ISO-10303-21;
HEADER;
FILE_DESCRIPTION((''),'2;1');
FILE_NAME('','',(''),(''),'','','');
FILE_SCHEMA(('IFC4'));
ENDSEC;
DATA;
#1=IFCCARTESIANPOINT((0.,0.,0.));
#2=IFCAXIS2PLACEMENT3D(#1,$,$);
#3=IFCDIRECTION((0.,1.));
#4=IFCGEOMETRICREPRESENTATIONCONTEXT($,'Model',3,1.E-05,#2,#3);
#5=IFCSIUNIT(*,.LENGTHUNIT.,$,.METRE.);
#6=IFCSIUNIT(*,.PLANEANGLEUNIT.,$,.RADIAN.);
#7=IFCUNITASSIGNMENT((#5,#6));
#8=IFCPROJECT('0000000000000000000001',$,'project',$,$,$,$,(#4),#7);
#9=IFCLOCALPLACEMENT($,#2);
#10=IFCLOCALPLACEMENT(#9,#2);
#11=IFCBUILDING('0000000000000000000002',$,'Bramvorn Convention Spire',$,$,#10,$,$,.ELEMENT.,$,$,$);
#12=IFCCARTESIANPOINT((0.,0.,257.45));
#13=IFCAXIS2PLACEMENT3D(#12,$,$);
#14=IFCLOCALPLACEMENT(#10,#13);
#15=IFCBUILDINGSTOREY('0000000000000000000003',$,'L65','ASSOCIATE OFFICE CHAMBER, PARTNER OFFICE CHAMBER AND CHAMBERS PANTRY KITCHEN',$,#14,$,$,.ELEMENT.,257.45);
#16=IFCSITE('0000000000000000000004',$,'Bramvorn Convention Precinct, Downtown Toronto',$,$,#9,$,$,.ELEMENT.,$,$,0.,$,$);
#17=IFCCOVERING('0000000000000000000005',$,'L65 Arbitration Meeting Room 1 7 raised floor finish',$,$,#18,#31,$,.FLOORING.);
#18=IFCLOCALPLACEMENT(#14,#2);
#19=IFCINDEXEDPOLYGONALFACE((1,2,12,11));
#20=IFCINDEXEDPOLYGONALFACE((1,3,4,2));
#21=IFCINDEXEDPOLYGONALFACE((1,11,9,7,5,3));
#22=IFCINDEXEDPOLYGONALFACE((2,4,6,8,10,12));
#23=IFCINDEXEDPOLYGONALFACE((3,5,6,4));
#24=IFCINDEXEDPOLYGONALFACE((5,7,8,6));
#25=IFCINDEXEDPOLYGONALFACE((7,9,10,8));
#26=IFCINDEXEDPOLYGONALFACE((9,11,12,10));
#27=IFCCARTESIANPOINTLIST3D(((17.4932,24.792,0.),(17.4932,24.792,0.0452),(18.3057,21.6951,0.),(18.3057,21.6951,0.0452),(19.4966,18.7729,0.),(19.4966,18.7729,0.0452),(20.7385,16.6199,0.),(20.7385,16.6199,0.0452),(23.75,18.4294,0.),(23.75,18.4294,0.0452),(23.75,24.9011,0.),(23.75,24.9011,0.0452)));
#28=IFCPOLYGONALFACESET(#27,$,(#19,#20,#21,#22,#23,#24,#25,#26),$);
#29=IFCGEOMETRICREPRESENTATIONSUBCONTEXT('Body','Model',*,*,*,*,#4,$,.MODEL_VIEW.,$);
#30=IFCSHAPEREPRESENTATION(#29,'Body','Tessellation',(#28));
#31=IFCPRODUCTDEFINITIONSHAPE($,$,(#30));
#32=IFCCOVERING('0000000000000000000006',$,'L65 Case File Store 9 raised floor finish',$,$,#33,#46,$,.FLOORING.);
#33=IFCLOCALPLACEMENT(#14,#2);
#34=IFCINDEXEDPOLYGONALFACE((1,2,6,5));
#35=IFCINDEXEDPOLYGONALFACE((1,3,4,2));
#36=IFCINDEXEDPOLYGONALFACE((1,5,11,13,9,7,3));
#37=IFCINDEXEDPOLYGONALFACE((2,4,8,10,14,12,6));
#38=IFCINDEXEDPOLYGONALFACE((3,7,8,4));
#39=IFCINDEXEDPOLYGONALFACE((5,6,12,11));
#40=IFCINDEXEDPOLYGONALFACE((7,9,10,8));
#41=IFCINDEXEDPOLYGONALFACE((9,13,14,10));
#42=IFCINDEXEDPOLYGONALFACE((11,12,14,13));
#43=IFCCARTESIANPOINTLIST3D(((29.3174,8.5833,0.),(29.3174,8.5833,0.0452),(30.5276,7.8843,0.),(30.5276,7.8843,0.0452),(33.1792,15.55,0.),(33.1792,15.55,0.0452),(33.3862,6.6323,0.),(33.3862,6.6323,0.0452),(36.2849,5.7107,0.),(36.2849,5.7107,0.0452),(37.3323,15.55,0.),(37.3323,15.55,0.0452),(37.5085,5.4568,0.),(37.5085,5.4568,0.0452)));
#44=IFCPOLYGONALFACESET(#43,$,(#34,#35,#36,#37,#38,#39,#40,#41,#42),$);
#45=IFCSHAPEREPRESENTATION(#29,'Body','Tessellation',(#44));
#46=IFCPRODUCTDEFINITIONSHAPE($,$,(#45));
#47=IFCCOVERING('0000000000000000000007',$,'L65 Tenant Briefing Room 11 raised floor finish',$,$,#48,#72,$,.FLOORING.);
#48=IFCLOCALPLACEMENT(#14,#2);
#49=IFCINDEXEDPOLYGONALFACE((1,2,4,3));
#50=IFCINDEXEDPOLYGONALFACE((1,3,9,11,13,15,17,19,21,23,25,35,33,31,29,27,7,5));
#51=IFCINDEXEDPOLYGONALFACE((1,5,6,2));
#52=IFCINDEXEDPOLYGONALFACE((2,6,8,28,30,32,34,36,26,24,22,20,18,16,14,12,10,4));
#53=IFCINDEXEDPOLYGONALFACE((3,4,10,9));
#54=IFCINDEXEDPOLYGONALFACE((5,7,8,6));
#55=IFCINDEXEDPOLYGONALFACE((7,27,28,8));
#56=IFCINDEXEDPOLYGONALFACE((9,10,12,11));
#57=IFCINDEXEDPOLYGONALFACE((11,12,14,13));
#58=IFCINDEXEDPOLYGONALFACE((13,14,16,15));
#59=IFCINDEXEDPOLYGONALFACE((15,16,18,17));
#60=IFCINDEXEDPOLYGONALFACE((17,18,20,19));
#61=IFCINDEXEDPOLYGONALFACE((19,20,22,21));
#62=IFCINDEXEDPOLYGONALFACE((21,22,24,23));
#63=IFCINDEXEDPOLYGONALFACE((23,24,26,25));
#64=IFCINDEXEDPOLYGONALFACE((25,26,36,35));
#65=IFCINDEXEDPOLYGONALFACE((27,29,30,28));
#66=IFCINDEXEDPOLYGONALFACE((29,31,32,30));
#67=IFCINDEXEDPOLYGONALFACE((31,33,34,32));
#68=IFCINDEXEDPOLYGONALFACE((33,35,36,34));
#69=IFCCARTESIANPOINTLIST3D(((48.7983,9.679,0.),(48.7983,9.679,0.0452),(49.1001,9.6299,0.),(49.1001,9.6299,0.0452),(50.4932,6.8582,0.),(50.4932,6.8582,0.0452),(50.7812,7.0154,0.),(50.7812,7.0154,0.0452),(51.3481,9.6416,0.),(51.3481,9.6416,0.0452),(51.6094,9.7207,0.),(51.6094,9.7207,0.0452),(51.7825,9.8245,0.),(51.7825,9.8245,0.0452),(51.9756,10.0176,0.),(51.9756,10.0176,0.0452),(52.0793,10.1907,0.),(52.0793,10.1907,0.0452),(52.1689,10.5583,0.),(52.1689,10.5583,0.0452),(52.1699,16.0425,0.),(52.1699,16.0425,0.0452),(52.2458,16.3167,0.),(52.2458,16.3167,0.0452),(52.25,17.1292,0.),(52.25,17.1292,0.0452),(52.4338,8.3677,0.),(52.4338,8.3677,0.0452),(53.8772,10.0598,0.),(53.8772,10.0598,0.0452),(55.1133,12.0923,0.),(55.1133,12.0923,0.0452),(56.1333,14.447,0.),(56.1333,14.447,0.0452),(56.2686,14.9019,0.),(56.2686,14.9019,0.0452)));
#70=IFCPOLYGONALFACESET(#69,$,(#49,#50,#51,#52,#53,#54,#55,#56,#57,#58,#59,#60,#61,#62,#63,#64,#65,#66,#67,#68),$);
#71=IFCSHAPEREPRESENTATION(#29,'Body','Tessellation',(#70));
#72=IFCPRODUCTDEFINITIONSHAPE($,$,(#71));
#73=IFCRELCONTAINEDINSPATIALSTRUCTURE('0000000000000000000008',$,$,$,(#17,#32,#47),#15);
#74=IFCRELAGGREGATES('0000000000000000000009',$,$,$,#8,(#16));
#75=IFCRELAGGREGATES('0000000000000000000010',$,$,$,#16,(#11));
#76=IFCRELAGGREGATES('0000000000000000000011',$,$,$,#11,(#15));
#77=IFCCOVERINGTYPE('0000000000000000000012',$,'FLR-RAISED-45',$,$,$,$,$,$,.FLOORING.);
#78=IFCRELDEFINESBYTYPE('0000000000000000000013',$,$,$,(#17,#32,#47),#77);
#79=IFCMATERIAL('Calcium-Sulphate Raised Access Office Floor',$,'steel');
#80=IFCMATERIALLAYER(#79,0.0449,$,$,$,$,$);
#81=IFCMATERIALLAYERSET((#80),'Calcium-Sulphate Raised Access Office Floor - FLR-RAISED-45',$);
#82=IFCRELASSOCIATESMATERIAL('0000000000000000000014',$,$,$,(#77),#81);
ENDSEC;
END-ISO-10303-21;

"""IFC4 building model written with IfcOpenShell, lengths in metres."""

from ifc_helpers import new_model, si_unit, direction, frame, origin, place, context, subcontext, project, spatial, polyline, outline, extrude, material, layer, layer_set, type_object, element, save


model = new_model("IFC4")

# Units and contexts
model_context = context("Model", 3, precision=1e-05, world=origin(), true_north=direction((0.0, 1.0)))
body_context = subcontext(model_context, "Body", "Model", "MODEL_VIEW")
ifc_project = project(units=[si_unit("LENGTHUNIT", "METRE"), si_unit("PLANEANGLEUNIT", "RADIAN")], contexts=[model_context])

# Site, building, storey
site_placement = place(None, origin())
site = spatial("IfcSite", under=ifc_project, at=site_placement, Name="Bramvorn Convention Precinct, Downtown Toronto", CompositionType="ELEMENT", RefElevation=0.0)
building_placement = place(site_placement, origin())
building = spatial("IfcBuilding", under=site, at=building_placement, Name="Bramvorn Convention Spire", CompositionType="ELEMENT")
storey_placement = place(building_placement, frame((0.0, 0.0, 257.45)))
storey = spatial("IfcBuildingStorey", under=building, at=storey_placement, Name="L65", Description="ASSOCIATE OFFICE CHAMBER, PARTNER OFFICE CHAMBER AND CHAMBERS PANTRY KITCHEN", CompositionType="ELEMENT", Elevation=257.45)

# Coverings
ifc_material_1 = material(Name="Calcium-Sulphate Raised Access Office Floor", Category="steel")
ifc_layer_1 = layer(ifc_material_1, 0.0449)
ifc_layer_set_1 = layer_set([ifc_layer_1], Name="Calcium-Sulphate Raised Access Office Floor - FLR-RAISED-45")
covering_type = type_object("IfcCoveringType", Name="FLR-RAISED-45", PredefinedType="FLOORING", material=ifc_layer_set_1)
covering_1_placement = place(storey_placement, origin())
element("IfcCovering", 1, at=covering_1_placement, inside=storey, type_object=covering_type, Name="L65 Arbitration Meeting Room 1 7 raised floor finish", PredefinedType="FLOORING", context=body_context, shape_type="SweptSolid", body=[
    extrude(outline(polyline([(20.7385, 16.6199), (23.75, 18.4294), (23.75, 24.9011), (17.4932, 24.792), (18.3057, 21.6951), (19.4966, 18.7729), (20.7385, 16.6199)])), origin(), (0.0, 0.0, 1.0), 0.0452),
])
covering_2_placement = place(storey_placement, origin())
element("IfcCovering", 2, at=covering_2_placement, inside=storey, type_object=covering_type, Name="L65 Case File Store 9 raised floor finish", PredefinedType="FLOORING", context=body_context, shape_type="SweptSolid", body=[
    extrude(outline(polyline([(36.2849, 5.7107), (37.5085, 5.4568), (37.3323, 15.55), (33.1792, 15.55), (29.3174, 8.5833), (30.5276, 7.8843), (33.3862, 6.6323), (36.2849, 5.7107)])), origin(), (0.0, 0.0, 1.0), 0.0452),
])
covering_3_placement = place(storey_placement, origin())
element("IfcCovering", 3, at=covering_3_placement, inside=storey, type_object=covering_type, Name="L65 Tenant Briefing Room 11 raised floor finish", PredefinedType="FLOORING", context=body_context, shape_type="SweptSolid", body=[
    extrude(outline(polyline([(50.4932, 6.8582), (50.7812, 7.0154), (52.4338, 8.3677), (53.8772, 10.0598), (55.1133, 12.0923), (56.1333, 14.447), (56.2686, 14.9019), (52.25, 17.1292), (52.2458, 16.3167), (52.1699, 16.0425), (52.1689, 10.5583), (52.0793, 10.1907), (51.9756, 10.0176), (51.7825, 9.8245), (51.6094, 9.7207), (51.3481, 9.6416), (49.1001, 9.6299), (48.7983, 9.679), (50.4932, 6.8582)])), origin(), (0.0, 0.0, 1.0), 0.0452),
])

save(model, "model.ifc")
